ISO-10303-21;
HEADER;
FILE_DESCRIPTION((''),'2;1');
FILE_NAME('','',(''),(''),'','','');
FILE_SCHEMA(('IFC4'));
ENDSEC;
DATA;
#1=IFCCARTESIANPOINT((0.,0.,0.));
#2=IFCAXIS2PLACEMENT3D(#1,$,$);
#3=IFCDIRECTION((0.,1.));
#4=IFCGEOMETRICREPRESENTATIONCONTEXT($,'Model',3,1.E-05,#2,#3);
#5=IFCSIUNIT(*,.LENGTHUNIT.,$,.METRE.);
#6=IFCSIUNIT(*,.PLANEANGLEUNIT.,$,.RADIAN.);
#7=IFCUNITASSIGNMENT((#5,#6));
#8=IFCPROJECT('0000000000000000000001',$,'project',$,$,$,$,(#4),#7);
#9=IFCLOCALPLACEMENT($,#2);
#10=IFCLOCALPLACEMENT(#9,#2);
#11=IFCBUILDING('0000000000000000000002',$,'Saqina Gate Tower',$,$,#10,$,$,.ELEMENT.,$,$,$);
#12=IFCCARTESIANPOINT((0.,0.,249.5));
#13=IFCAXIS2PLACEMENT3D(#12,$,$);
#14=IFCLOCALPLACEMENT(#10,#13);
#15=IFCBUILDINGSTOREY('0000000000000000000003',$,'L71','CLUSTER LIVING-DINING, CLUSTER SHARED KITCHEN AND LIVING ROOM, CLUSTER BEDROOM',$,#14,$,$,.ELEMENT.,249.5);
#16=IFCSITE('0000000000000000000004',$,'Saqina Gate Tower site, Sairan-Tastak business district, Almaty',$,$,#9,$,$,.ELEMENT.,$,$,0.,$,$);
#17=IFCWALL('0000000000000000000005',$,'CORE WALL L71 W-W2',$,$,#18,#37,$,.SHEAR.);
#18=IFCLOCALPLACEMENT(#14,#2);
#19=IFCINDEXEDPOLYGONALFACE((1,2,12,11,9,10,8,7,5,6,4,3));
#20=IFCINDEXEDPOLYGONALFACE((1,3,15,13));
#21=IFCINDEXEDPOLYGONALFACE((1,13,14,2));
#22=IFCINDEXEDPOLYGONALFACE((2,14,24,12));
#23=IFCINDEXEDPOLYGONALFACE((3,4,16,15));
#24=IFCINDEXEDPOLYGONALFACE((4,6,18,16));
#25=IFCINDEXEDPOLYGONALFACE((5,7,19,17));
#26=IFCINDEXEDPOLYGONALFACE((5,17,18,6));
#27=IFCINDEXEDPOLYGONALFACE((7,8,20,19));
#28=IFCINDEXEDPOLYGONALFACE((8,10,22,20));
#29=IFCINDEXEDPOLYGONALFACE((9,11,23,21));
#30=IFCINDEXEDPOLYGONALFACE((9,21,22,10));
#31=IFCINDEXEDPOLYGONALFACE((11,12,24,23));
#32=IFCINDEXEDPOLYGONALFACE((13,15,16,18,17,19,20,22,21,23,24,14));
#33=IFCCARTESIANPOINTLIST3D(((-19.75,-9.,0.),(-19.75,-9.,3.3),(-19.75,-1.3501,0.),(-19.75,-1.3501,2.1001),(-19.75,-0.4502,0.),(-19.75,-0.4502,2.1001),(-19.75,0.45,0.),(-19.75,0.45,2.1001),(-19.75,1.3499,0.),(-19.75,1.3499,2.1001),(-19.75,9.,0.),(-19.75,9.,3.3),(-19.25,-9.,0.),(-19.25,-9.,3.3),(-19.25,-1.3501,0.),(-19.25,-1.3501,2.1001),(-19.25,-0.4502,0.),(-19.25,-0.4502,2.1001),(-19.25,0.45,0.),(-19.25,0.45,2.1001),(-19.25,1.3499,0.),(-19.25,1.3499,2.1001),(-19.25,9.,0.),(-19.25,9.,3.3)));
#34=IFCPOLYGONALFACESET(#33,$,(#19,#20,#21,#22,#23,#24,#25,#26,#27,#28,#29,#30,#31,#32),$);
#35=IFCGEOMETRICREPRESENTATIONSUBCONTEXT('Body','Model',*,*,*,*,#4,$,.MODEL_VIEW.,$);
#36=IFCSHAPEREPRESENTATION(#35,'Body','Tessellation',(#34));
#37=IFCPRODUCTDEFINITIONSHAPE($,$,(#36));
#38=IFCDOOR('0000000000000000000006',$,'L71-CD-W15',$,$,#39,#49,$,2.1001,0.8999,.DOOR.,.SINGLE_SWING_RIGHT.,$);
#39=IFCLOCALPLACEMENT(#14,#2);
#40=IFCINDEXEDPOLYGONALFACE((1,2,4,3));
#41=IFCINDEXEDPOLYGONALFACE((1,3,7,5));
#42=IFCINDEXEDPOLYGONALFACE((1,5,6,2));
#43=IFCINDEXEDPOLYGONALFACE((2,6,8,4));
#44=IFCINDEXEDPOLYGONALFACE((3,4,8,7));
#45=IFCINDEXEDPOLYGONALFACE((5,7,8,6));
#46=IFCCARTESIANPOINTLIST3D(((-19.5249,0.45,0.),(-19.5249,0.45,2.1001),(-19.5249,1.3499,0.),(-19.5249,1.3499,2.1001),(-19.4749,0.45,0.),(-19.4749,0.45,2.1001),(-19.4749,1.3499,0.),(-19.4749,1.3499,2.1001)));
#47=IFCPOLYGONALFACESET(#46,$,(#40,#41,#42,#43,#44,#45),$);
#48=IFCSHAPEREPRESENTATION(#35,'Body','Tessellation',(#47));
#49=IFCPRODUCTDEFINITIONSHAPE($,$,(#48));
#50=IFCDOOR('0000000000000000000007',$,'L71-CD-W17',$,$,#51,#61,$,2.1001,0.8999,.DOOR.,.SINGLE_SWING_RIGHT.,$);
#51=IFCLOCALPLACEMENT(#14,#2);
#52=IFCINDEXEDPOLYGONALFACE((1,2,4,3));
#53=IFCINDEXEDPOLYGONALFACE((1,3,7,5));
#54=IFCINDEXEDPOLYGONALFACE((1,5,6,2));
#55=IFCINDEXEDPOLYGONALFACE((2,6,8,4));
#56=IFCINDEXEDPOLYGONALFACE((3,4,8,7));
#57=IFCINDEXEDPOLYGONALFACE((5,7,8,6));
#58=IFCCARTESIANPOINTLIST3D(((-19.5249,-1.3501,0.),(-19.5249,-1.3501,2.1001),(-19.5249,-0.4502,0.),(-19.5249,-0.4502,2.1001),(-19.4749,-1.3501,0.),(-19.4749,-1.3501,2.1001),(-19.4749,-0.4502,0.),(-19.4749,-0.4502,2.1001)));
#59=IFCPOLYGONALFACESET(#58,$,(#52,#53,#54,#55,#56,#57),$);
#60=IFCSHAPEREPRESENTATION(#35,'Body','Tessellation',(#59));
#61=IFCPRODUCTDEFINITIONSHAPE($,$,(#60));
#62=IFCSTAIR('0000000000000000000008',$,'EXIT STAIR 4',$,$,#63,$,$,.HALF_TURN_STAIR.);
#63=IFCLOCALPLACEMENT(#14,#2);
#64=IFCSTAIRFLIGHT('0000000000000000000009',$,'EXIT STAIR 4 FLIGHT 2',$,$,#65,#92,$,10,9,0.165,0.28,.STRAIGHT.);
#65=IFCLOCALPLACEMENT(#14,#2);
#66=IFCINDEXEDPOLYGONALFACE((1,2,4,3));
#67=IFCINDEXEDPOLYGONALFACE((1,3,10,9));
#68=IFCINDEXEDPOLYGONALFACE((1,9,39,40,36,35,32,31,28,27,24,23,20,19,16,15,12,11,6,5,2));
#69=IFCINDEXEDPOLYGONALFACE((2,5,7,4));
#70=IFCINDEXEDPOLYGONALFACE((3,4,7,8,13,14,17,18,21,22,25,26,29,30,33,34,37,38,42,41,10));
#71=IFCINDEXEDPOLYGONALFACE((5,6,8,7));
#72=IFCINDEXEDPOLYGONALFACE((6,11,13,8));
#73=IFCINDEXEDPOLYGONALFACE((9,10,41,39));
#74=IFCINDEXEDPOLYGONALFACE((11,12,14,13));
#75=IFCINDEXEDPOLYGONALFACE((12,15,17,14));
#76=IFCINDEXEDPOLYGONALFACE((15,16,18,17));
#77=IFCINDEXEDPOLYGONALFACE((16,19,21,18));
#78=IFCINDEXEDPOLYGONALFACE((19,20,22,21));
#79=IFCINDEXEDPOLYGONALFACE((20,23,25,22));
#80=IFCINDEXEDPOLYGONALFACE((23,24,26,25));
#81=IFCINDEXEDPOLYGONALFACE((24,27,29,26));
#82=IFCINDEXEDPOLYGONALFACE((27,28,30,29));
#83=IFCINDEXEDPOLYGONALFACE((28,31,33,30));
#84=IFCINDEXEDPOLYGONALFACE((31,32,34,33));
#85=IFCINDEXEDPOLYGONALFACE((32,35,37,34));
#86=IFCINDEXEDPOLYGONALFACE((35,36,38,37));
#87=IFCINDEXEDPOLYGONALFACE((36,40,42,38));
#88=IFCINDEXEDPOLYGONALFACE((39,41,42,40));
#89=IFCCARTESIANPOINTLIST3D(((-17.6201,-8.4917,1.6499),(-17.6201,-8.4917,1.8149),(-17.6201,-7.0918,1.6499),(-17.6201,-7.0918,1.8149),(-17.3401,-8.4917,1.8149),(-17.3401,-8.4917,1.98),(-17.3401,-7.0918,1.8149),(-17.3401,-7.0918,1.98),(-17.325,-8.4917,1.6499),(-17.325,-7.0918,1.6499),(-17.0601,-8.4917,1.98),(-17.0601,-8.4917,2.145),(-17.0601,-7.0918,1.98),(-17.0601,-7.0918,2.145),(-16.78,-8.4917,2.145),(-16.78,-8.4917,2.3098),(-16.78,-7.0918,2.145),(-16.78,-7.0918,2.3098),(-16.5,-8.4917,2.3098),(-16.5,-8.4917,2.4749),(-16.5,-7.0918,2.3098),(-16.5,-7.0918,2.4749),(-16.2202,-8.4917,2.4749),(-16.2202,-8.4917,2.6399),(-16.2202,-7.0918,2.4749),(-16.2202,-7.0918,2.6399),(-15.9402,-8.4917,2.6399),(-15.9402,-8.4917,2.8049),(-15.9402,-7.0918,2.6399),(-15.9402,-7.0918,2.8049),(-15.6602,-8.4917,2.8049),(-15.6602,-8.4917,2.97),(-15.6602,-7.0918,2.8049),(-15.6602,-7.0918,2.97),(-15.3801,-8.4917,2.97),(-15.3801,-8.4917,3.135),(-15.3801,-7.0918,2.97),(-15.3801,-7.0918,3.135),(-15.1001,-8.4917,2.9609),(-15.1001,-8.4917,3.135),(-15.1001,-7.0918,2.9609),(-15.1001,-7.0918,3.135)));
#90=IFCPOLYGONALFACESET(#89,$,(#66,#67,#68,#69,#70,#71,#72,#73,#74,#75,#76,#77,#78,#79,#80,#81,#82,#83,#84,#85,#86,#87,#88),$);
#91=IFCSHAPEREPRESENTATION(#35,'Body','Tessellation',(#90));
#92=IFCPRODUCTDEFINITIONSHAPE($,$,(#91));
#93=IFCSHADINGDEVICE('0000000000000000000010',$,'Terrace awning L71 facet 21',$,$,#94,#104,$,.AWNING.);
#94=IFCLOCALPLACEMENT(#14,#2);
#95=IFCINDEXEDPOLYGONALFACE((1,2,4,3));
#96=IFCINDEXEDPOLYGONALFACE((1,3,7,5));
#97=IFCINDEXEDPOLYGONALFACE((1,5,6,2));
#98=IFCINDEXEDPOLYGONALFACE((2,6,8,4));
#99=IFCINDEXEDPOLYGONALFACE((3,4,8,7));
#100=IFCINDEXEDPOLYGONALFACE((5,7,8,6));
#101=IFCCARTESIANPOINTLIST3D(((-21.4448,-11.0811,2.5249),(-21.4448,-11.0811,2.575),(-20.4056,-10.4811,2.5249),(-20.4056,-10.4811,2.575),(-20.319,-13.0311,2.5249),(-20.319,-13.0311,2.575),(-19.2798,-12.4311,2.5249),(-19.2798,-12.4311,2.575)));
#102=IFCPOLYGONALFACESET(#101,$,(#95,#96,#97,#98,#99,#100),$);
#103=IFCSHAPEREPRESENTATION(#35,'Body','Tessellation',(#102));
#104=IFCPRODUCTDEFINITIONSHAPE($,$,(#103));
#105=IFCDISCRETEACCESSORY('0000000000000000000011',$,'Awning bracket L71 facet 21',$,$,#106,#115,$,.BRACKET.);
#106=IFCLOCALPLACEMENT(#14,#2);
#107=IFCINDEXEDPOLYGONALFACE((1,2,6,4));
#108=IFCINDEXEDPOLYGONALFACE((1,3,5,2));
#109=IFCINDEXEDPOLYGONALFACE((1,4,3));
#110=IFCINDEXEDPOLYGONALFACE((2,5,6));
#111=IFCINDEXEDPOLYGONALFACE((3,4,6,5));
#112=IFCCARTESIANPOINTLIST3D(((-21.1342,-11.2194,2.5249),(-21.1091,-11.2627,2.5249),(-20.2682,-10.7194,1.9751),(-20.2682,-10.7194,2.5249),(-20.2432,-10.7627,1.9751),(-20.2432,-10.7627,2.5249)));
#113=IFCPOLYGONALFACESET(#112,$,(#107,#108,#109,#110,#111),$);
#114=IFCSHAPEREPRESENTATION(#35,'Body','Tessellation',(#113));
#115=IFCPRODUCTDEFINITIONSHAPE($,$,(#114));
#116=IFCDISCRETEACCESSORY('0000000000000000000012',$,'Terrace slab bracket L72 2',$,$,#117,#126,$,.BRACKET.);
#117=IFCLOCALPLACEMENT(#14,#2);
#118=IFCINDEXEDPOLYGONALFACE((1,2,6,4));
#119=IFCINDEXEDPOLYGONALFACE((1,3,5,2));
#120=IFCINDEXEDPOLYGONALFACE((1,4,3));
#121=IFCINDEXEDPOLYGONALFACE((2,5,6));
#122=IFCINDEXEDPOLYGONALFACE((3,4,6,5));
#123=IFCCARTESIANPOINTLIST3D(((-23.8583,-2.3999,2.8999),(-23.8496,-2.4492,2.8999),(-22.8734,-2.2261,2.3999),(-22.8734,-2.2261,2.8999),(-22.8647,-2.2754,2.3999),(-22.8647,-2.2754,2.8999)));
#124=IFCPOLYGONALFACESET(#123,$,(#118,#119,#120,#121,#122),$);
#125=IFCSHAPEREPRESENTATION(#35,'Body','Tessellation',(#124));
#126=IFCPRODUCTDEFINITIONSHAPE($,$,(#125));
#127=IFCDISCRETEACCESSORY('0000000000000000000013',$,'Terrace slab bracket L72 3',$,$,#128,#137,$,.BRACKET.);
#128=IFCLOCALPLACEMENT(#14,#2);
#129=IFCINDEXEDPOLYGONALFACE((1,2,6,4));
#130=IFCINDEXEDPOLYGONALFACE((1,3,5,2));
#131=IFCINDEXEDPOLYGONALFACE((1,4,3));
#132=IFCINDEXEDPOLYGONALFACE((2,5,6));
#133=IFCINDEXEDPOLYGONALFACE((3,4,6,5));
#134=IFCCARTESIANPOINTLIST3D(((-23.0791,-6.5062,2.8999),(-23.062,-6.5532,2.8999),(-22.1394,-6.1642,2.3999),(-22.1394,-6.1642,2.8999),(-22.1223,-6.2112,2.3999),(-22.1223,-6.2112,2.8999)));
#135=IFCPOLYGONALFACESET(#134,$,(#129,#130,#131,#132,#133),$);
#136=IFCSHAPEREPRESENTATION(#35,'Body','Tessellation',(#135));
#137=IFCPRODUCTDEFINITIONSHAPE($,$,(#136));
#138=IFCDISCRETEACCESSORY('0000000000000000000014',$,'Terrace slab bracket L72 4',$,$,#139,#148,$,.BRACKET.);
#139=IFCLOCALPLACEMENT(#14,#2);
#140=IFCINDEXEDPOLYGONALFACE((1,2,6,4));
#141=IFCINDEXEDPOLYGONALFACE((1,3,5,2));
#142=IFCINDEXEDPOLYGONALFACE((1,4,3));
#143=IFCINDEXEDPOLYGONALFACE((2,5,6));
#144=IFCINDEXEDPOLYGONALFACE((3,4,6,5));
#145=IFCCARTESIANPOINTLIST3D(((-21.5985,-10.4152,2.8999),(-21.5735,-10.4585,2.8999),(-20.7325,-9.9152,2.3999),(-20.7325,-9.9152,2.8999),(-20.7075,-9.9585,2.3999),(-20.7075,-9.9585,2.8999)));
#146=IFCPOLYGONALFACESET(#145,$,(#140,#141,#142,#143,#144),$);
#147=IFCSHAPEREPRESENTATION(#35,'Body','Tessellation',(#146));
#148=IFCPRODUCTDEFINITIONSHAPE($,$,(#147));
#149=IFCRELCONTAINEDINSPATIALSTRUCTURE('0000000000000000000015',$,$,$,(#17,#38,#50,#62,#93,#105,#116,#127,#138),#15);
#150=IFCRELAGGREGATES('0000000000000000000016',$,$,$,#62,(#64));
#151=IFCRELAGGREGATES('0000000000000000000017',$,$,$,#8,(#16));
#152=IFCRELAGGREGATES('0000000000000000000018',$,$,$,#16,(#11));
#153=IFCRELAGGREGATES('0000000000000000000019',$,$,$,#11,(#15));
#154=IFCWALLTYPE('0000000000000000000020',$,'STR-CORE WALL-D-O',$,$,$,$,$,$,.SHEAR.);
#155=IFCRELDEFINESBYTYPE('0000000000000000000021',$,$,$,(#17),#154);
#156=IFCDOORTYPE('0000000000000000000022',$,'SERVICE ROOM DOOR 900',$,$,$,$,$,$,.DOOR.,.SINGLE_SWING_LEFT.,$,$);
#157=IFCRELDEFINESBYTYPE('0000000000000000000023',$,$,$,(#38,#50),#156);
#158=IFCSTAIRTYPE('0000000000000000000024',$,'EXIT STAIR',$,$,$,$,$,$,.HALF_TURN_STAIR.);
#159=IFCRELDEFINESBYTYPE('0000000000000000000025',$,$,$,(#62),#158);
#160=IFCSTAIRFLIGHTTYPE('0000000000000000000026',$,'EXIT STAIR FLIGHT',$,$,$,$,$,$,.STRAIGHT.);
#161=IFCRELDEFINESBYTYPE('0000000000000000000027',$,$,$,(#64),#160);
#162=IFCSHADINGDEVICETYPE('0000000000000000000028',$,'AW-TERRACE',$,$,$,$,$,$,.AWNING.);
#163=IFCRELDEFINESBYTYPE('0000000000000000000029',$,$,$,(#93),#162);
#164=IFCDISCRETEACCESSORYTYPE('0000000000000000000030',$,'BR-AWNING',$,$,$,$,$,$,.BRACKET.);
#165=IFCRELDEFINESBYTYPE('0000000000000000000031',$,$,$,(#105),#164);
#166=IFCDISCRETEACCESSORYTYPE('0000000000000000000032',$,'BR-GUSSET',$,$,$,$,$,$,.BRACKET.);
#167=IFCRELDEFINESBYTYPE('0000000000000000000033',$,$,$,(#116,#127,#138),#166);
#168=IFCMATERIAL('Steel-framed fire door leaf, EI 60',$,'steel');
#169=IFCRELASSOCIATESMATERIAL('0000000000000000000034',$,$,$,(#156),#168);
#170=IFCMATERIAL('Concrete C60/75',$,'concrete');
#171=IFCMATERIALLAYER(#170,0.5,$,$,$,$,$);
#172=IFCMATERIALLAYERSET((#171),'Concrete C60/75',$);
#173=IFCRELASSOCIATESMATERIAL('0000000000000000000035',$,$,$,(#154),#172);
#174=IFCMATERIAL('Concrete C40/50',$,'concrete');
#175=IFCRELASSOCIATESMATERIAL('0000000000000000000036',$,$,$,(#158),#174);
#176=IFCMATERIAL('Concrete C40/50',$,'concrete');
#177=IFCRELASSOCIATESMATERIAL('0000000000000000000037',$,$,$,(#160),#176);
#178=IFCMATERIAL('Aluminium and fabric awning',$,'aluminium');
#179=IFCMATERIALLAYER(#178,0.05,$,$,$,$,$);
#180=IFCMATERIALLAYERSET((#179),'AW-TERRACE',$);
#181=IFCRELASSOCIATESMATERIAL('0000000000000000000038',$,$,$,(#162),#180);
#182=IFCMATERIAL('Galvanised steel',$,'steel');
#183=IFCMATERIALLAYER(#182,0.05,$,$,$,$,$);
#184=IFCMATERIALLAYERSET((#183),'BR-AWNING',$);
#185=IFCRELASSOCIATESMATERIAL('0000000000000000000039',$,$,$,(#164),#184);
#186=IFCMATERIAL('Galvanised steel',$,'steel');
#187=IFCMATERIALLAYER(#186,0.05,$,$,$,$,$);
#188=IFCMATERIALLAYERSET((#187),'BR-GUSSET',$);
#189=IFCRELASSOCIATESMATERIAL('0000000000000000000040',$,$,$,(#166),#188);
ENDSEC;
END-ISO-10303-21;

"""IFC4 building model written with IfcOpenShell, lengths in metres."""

from ifc_helpers import new_model, si_unit, direction, frame, frame_2d, origin, origin_2d, place, context, subcontext, project, spatial, polyline, rectangle, outline, extrude, material, layer, layer_set, type_object, element, fill, aggregate, save


model = new_model("IFC4")

# Units and contexts
model_context = context("Model", 3, precision=1e-05, world=origin(), true_north=direction((0.0, 1.0)))
body_context = subcontext(model_context, "Body", "Model", "MODEL_VIEW")
ifc_project = project(units=[si_unit("LENGTHUNIT", "METRE"), si_unit("PLANEANGLEUNIT", "RADIAN")], contexts=[model_context])

# Site, building, storey
site_placement = place(None, origin())
site = spatial("IfcSite", under=ifc_project, at=site_placement, Name="Saqina Gate Tower site, Sairan-Tastak business district, Almaty", CompositionType="ELEMENT", RefElevation=0.0)
building_placement = place(site_placement, origin())
building = spatial("IfcBuilding", under=site, at=building_placement, Name="Saqina Gate Tower", CompositionType="ELEMENT")
storey_placement = place(building_placement, frame((0.0, 0.0, 249.5)))
storey = spatial("IfcBuildingStorey", under=building, at=storey_placement, Name="L71", Description="CLUSTER LIVING-DINING, CLUSTER SHARED KITCHEN AND LIVING ROOM, CLUSTER BEDROOM", CompositionType="ELEMENT", Elevation=249.5)

# Shared definitions
ifc_material_1 = material(Name="Steel-framed fire door leaf, EI 60", Category="steel")
door_type_1 = type_object("IfcDoorType", Name="SERVICE ROOM DOOR 900", OperationType="SINGLE_SWING_LEFT", PredefinedType="DOOR", material=ifc_material_1)

# Wall, openings, doors
ifc_material_2 = material(Name="Concrete C60/75", Category="concrete")
ifc_layer_1 = layer(ifc_material_2, 0.5)
ifc_layer_set_1 = layer_set([ifc_layer_1], Name="Concrete C60/75")
wall_type_1 = type_object("IfcWallType", Name="STR-CORE WALL-D-O", PredefinedType="SHEAR", material=ifc_layer_set_1)
wall_1_placement = place(storey_placement, frame((-19.5, -9.0, 0.0), z_axis=(0.0, 0.0, 1.0), x_axis=(0.0, 1.0, 0.0)))
wall_1 = element("IfcWall", 1, at=wall_1_placement, inside=storey, type_object=wall_type_1, Name="CORE WALL L71 W-W2", PredefinedType="SHEAR", context=body_context, shape_type="SweptSolid", body=[
    extrude(rectangle(XDim=18.0, YDim=0.5, at=frame_2d((9.0, 0.0))), origin(), (0.0, 0.0, 1.0), 3.3),
])
opening_1_placement = place(wall_1_placement, frame((9.45, 0.0, 0.0)))
opening_1 = element("IfcOpeningElement", 2, at=opening_1_placement, cuts=wall_1, PredefinedType="OPENING", context=body_context, shape_type="SweptSolid", body=[
    extrude(rectangle(XDim=0.8999, YDim=2.1001, at=frame_2d((0.45, 1.05))), frame((0.0, 0.262, 0.0), z_axis=(0.0, -1.0, 0.0), x_axis=(1.0, 0.0, 0.0)), (0.0, 0.0, 1.0), 0.5239),
])
opening_2_placement = place(wall_1_placement, frame((7.6499, 0.0, 0.0)))
opening_2 = element("IfcOpeningElement", 3, at=opening_2_placement, cuts=wall_1, PredefinedType="OPENING", context=body_context, shape_type="SweptSolid", body=[
    extrude(rectangle(XDim=0.8999, YDim=2.1001, at=frame_2d((0.45, 1.05))), frame((0.0, 0.262, 0.0), z_axis=(0.0, -1.0, 0.0), x_axis=(1.0, 0.0, 0.0)), (0.0, 0.0, 1.0), 0.5239),
])
door_1_placement = place(opening_1_placement, origin())
door_1 = element("IfcDoor", 4, at=door_1_placement, inside=storey, type_object=door_type_1, Name="L71-CD-W15", OperationType="SINGLE_SWING_RIGHT", OverallHeight=2.1001, OverallWidth=0.8999, PredefinedType="DOOR", context=body_context, shape_type="SweptSolid", body=[
    extrude(rectangle(XDim=0.8999, YDim=2.1001, at=frame_2d((0.45, 1.05))), frame((0.0, 0.0249, 0.0), z_axis=(0.0, -1.0, 0.0), x_axis=(1.0, 0.0, 0.0)), (0.0, 0.0, 1.0), 0.05),
])
fill(opening_1, door_1)
door_2_placement = place(opening_2_placement, origin())
door_2 = element("IfcDoor", 5, at=door_2_placement, inside=storey, type_object=door_type_1, Name="L71-CD-W17", OperationType="SINGLE_SWING_RIGHT", OverallHeight=2.1001, OverallWidth=0.8999, PredefinedType="DOOR", context=body_context, shape_type="SweptSolid", body=[
    extrude(rectangle(XDim=0.8999, YDim=2.1001, at=frame_2d((0.45, 1.05))), frame((0.0, 0.0249, 0.0), z_axis=(0.0, -1.0, 0.0), x_axis=(1.0, 0.0, 0.0)), (0.0, 0.0, 1.0), 0.05),
])
fill(opening_2, door_2)

# Stair, stair flight
ifc_material_3 = material(Name="Concrete C40/50", Category="concrete")
stair_type = type_object("IfcStairType", Name="EXIT STAIR", PredefinedType="HALF_TURN_STAIR", material=ifc_material_3)
stair_placement = place(storey_placement, origin())
stair = element("IfcStair", 6, at=stair_placement, inside=storey, type_object=stair_type, Name="EXIT STAIR 4", PredefinedType="HALF_TURN_STAIR")
ifc_material_4 = material(Name="Concrete C40/50", Category="concrete")
stair_flight_type = type_object("IfcStairFlightType", Name="EXIT STAIR FLIGHT", PredefinedType="STRAIGHT", material=ifc_material_4)
stair_flight_placement = place(storey_placement, frame((-17.6201, -7.7917, 1.6499), z_axis=(0.0, 0.0, 1.0), x_axis=(1.0, 0.0, 0.0)))
stair_flight = element("IfcStairFlight", 7, at=stair_flight_placement, type_object=stair_flight_type, Name="EXIT STAIR 4 FLIGHT 2", NumberOfRisers=10, NumberOfTreads=9, PredefinedType="STRAIGHT", RiserHeight=0.165, TreadLength=0.28, context=body_context, shape_type="SweptSolid", body=[
    extrude(outline(polyline([(0.0, 0.0), (0.0, 0.165), (0.28, 0.165), (0.28, 0.3301), (0.5601, 0.3301), (0.5601, 0.4951), (0.8401, 0.4951), (0.8401, 0.6599), (1.1201, 0.6599), (1.1201, 0.825), (1.3999, 0.825), (1.3999, 0.99), (1.6799, 0.99), (1.6799, 1.155), (1.96, 1.155), (1.96, 1.3201), (2.24, 1.3201), (2.24, 1.4851), (2.52, 1.4851), (2.52, 1.6499), (2.52, 1.311), (0.2952, 0.0), (0.0, 0.0)])), frame((0.0, 0.7, 0.0), z_axis=(0.0, -1.0, 0.0), x_axis=(1.0, 0.0, 0.0)), (0.0, 0.0, 1.0), 1.3999),
])
aggregate(stair, [stair_flight])

# Shading device
ifc_material_5 = material(Name="Aluminium and fabric awning", Category="aluminium")
ifc_layer_2 = layer(ifc_material_5, 0.05)
ifc_layer_set_2 = layer_set([ifc_layer_2], Name="AW-TERRACE")
shading_device_type = type_object("IfcShadingDeviceType", Name="AW-TERRACE", PredefinedType="AWNING", material=ifc_layer_set_2)
shading_device_placement = place(storey_placement, frame((-20.3623, -11.7561, 2.5249), z_axis=(0.0, 0.0, 1.0), x_axis=(0.5, -0.866025, 0.0)))
element("IfcShadingDevice", 8, at=shading_device_placement, inside=storey, type_object=shading_device_type, Name="Terrace awning L71 facet 21", PredefinedType="AWNING", context=body_context, shape_type="SweptSolid", body=[
    extrude(rectangle(XDim=2.2517, YDim=1.2, at=origin_2d()), origin(), (0.0, 0.0, 1.0), 0.05),
])

# Discrete accessories
ifc_material_6 = material(Name="Galvanised steel", Category="steel")
ifc_layer_3 = layer(ifc_material_6, 0.05)
ifc_layer_set_3 = layer_set([ifc_layer_3], Name="BR-AWNING")
discrete_accessory_type_1 = type_object("IfcDiscreteAccessoryType", Name="BR-AWNING", PredefinedType="BRACKET", material=ifc_layer_set_3)
discrete_accessory_1_placement = place(storey_placement, frame((-20.2432, -10.7627, 1.9751), z_axis=(0.500025, -0.866011, 0.0), x_axis=(0.0, 0.0, 1.0)))
element("IfcDiscreteAccessory", 9, at=discrete_accessory_1_placement, inside=storey, type_object=discrete_accessory_type_1, Name="Awning bracket L71 facet 21", PredefinedType="BRACKET", context=body_context, shape_type="SweptSolid", body=[
    extrude(outline(polyline([(0.0, 0.0), (0.5498, 0.0), (0.5498, 0.9999), (0.0, 0.0)])), origin(), (0.0, 0.0, -1.0), 0.05),
])
ifc_material_7 = material(Name="Galvanised steel", Category="steel")
ifc_layer_4 = layer(ifc_material_7, 0.05)
ifc_layer_set_4 = layer_set([ifc_layer_4], Name="BR-GUSSET")
discrete_accessory_type_2 = type_object("IfcDiscreteAccessoryType", Name="BR-GUSSET", PredefinedType="BRACKET", material=ifc_layer_set_4)
discrete_accessory_2_placement = place(storey_placement, frame((-22.8647, -2.2754, 2.3999), z_axis=(0.173813, -0.984779, 0.0), x_axis=(0.0, 0.0, 1.0)))
element("IfcDiscreteAccessory", 10, at=discrete_accessory_2_placement, inside=storey, type_object=discrete_accessory_type_2, Name="Terrace slab bracket L72 2", PredefinedType="BRACKET", context=body_context, shape_type="SweptSolid", body=[
    extrude(outline(polyline([(0.0, 0.0), (0.5, 0.0), (0.5, 1.0001), (0.0, 0.0)])), origin(), (0.0, 0.0, -1.0), 0.05),
])
discrete_accessory_3_placement = place(storey_placement, frame((-22.1223, -6.2112, 2.3999), z_axis=(0.342037, -0.939686, 0.0), x_axis=(0.0, 0.0, 1.0)))
element("IfcDiscreteAccessory", 11, at=discrete_accessory_3_placement, inside=storey, type_object=discrete_accessory_type_2, Name="Terrace slab bracket L72 3", PredefinedType="BRACKET", context=body_context, shape_type="SweptSolid", body=[
    extrude(outline(polyline([(0.0, 0.0), (0.5, 0.0), (0.5, 1.0), (0.0, 0.0)])), origin(), (0.0, 0.0, -1.0), 0.05),
])
discrete_accessory_4_placement = place(storey_placement, frame((-20.7075, -9.9585, 2.3999), z_axis=(0.500025, -0.866011, 0.0), x_axis=(0.0, 0.0, 1.0)))
element("IfcDiscreteAccessory", 12, at=discrete_accessory_4_placement, inside=storey, type_object=discrete_accessory_type_2, Name="Terrace slab bracket L72 4", PredefinedType="BRACKET", context=body_context, shape_type="SweptSolid", body=[
    extrude(outline(polyline([(0.0, 0.0), (0.5, 0.0), (0.5, 0.9999), (0.0, 0.0)])), origin(), (0.0, 0.0, -1.0), 0.05),
])

save(model, "model.ifc")
